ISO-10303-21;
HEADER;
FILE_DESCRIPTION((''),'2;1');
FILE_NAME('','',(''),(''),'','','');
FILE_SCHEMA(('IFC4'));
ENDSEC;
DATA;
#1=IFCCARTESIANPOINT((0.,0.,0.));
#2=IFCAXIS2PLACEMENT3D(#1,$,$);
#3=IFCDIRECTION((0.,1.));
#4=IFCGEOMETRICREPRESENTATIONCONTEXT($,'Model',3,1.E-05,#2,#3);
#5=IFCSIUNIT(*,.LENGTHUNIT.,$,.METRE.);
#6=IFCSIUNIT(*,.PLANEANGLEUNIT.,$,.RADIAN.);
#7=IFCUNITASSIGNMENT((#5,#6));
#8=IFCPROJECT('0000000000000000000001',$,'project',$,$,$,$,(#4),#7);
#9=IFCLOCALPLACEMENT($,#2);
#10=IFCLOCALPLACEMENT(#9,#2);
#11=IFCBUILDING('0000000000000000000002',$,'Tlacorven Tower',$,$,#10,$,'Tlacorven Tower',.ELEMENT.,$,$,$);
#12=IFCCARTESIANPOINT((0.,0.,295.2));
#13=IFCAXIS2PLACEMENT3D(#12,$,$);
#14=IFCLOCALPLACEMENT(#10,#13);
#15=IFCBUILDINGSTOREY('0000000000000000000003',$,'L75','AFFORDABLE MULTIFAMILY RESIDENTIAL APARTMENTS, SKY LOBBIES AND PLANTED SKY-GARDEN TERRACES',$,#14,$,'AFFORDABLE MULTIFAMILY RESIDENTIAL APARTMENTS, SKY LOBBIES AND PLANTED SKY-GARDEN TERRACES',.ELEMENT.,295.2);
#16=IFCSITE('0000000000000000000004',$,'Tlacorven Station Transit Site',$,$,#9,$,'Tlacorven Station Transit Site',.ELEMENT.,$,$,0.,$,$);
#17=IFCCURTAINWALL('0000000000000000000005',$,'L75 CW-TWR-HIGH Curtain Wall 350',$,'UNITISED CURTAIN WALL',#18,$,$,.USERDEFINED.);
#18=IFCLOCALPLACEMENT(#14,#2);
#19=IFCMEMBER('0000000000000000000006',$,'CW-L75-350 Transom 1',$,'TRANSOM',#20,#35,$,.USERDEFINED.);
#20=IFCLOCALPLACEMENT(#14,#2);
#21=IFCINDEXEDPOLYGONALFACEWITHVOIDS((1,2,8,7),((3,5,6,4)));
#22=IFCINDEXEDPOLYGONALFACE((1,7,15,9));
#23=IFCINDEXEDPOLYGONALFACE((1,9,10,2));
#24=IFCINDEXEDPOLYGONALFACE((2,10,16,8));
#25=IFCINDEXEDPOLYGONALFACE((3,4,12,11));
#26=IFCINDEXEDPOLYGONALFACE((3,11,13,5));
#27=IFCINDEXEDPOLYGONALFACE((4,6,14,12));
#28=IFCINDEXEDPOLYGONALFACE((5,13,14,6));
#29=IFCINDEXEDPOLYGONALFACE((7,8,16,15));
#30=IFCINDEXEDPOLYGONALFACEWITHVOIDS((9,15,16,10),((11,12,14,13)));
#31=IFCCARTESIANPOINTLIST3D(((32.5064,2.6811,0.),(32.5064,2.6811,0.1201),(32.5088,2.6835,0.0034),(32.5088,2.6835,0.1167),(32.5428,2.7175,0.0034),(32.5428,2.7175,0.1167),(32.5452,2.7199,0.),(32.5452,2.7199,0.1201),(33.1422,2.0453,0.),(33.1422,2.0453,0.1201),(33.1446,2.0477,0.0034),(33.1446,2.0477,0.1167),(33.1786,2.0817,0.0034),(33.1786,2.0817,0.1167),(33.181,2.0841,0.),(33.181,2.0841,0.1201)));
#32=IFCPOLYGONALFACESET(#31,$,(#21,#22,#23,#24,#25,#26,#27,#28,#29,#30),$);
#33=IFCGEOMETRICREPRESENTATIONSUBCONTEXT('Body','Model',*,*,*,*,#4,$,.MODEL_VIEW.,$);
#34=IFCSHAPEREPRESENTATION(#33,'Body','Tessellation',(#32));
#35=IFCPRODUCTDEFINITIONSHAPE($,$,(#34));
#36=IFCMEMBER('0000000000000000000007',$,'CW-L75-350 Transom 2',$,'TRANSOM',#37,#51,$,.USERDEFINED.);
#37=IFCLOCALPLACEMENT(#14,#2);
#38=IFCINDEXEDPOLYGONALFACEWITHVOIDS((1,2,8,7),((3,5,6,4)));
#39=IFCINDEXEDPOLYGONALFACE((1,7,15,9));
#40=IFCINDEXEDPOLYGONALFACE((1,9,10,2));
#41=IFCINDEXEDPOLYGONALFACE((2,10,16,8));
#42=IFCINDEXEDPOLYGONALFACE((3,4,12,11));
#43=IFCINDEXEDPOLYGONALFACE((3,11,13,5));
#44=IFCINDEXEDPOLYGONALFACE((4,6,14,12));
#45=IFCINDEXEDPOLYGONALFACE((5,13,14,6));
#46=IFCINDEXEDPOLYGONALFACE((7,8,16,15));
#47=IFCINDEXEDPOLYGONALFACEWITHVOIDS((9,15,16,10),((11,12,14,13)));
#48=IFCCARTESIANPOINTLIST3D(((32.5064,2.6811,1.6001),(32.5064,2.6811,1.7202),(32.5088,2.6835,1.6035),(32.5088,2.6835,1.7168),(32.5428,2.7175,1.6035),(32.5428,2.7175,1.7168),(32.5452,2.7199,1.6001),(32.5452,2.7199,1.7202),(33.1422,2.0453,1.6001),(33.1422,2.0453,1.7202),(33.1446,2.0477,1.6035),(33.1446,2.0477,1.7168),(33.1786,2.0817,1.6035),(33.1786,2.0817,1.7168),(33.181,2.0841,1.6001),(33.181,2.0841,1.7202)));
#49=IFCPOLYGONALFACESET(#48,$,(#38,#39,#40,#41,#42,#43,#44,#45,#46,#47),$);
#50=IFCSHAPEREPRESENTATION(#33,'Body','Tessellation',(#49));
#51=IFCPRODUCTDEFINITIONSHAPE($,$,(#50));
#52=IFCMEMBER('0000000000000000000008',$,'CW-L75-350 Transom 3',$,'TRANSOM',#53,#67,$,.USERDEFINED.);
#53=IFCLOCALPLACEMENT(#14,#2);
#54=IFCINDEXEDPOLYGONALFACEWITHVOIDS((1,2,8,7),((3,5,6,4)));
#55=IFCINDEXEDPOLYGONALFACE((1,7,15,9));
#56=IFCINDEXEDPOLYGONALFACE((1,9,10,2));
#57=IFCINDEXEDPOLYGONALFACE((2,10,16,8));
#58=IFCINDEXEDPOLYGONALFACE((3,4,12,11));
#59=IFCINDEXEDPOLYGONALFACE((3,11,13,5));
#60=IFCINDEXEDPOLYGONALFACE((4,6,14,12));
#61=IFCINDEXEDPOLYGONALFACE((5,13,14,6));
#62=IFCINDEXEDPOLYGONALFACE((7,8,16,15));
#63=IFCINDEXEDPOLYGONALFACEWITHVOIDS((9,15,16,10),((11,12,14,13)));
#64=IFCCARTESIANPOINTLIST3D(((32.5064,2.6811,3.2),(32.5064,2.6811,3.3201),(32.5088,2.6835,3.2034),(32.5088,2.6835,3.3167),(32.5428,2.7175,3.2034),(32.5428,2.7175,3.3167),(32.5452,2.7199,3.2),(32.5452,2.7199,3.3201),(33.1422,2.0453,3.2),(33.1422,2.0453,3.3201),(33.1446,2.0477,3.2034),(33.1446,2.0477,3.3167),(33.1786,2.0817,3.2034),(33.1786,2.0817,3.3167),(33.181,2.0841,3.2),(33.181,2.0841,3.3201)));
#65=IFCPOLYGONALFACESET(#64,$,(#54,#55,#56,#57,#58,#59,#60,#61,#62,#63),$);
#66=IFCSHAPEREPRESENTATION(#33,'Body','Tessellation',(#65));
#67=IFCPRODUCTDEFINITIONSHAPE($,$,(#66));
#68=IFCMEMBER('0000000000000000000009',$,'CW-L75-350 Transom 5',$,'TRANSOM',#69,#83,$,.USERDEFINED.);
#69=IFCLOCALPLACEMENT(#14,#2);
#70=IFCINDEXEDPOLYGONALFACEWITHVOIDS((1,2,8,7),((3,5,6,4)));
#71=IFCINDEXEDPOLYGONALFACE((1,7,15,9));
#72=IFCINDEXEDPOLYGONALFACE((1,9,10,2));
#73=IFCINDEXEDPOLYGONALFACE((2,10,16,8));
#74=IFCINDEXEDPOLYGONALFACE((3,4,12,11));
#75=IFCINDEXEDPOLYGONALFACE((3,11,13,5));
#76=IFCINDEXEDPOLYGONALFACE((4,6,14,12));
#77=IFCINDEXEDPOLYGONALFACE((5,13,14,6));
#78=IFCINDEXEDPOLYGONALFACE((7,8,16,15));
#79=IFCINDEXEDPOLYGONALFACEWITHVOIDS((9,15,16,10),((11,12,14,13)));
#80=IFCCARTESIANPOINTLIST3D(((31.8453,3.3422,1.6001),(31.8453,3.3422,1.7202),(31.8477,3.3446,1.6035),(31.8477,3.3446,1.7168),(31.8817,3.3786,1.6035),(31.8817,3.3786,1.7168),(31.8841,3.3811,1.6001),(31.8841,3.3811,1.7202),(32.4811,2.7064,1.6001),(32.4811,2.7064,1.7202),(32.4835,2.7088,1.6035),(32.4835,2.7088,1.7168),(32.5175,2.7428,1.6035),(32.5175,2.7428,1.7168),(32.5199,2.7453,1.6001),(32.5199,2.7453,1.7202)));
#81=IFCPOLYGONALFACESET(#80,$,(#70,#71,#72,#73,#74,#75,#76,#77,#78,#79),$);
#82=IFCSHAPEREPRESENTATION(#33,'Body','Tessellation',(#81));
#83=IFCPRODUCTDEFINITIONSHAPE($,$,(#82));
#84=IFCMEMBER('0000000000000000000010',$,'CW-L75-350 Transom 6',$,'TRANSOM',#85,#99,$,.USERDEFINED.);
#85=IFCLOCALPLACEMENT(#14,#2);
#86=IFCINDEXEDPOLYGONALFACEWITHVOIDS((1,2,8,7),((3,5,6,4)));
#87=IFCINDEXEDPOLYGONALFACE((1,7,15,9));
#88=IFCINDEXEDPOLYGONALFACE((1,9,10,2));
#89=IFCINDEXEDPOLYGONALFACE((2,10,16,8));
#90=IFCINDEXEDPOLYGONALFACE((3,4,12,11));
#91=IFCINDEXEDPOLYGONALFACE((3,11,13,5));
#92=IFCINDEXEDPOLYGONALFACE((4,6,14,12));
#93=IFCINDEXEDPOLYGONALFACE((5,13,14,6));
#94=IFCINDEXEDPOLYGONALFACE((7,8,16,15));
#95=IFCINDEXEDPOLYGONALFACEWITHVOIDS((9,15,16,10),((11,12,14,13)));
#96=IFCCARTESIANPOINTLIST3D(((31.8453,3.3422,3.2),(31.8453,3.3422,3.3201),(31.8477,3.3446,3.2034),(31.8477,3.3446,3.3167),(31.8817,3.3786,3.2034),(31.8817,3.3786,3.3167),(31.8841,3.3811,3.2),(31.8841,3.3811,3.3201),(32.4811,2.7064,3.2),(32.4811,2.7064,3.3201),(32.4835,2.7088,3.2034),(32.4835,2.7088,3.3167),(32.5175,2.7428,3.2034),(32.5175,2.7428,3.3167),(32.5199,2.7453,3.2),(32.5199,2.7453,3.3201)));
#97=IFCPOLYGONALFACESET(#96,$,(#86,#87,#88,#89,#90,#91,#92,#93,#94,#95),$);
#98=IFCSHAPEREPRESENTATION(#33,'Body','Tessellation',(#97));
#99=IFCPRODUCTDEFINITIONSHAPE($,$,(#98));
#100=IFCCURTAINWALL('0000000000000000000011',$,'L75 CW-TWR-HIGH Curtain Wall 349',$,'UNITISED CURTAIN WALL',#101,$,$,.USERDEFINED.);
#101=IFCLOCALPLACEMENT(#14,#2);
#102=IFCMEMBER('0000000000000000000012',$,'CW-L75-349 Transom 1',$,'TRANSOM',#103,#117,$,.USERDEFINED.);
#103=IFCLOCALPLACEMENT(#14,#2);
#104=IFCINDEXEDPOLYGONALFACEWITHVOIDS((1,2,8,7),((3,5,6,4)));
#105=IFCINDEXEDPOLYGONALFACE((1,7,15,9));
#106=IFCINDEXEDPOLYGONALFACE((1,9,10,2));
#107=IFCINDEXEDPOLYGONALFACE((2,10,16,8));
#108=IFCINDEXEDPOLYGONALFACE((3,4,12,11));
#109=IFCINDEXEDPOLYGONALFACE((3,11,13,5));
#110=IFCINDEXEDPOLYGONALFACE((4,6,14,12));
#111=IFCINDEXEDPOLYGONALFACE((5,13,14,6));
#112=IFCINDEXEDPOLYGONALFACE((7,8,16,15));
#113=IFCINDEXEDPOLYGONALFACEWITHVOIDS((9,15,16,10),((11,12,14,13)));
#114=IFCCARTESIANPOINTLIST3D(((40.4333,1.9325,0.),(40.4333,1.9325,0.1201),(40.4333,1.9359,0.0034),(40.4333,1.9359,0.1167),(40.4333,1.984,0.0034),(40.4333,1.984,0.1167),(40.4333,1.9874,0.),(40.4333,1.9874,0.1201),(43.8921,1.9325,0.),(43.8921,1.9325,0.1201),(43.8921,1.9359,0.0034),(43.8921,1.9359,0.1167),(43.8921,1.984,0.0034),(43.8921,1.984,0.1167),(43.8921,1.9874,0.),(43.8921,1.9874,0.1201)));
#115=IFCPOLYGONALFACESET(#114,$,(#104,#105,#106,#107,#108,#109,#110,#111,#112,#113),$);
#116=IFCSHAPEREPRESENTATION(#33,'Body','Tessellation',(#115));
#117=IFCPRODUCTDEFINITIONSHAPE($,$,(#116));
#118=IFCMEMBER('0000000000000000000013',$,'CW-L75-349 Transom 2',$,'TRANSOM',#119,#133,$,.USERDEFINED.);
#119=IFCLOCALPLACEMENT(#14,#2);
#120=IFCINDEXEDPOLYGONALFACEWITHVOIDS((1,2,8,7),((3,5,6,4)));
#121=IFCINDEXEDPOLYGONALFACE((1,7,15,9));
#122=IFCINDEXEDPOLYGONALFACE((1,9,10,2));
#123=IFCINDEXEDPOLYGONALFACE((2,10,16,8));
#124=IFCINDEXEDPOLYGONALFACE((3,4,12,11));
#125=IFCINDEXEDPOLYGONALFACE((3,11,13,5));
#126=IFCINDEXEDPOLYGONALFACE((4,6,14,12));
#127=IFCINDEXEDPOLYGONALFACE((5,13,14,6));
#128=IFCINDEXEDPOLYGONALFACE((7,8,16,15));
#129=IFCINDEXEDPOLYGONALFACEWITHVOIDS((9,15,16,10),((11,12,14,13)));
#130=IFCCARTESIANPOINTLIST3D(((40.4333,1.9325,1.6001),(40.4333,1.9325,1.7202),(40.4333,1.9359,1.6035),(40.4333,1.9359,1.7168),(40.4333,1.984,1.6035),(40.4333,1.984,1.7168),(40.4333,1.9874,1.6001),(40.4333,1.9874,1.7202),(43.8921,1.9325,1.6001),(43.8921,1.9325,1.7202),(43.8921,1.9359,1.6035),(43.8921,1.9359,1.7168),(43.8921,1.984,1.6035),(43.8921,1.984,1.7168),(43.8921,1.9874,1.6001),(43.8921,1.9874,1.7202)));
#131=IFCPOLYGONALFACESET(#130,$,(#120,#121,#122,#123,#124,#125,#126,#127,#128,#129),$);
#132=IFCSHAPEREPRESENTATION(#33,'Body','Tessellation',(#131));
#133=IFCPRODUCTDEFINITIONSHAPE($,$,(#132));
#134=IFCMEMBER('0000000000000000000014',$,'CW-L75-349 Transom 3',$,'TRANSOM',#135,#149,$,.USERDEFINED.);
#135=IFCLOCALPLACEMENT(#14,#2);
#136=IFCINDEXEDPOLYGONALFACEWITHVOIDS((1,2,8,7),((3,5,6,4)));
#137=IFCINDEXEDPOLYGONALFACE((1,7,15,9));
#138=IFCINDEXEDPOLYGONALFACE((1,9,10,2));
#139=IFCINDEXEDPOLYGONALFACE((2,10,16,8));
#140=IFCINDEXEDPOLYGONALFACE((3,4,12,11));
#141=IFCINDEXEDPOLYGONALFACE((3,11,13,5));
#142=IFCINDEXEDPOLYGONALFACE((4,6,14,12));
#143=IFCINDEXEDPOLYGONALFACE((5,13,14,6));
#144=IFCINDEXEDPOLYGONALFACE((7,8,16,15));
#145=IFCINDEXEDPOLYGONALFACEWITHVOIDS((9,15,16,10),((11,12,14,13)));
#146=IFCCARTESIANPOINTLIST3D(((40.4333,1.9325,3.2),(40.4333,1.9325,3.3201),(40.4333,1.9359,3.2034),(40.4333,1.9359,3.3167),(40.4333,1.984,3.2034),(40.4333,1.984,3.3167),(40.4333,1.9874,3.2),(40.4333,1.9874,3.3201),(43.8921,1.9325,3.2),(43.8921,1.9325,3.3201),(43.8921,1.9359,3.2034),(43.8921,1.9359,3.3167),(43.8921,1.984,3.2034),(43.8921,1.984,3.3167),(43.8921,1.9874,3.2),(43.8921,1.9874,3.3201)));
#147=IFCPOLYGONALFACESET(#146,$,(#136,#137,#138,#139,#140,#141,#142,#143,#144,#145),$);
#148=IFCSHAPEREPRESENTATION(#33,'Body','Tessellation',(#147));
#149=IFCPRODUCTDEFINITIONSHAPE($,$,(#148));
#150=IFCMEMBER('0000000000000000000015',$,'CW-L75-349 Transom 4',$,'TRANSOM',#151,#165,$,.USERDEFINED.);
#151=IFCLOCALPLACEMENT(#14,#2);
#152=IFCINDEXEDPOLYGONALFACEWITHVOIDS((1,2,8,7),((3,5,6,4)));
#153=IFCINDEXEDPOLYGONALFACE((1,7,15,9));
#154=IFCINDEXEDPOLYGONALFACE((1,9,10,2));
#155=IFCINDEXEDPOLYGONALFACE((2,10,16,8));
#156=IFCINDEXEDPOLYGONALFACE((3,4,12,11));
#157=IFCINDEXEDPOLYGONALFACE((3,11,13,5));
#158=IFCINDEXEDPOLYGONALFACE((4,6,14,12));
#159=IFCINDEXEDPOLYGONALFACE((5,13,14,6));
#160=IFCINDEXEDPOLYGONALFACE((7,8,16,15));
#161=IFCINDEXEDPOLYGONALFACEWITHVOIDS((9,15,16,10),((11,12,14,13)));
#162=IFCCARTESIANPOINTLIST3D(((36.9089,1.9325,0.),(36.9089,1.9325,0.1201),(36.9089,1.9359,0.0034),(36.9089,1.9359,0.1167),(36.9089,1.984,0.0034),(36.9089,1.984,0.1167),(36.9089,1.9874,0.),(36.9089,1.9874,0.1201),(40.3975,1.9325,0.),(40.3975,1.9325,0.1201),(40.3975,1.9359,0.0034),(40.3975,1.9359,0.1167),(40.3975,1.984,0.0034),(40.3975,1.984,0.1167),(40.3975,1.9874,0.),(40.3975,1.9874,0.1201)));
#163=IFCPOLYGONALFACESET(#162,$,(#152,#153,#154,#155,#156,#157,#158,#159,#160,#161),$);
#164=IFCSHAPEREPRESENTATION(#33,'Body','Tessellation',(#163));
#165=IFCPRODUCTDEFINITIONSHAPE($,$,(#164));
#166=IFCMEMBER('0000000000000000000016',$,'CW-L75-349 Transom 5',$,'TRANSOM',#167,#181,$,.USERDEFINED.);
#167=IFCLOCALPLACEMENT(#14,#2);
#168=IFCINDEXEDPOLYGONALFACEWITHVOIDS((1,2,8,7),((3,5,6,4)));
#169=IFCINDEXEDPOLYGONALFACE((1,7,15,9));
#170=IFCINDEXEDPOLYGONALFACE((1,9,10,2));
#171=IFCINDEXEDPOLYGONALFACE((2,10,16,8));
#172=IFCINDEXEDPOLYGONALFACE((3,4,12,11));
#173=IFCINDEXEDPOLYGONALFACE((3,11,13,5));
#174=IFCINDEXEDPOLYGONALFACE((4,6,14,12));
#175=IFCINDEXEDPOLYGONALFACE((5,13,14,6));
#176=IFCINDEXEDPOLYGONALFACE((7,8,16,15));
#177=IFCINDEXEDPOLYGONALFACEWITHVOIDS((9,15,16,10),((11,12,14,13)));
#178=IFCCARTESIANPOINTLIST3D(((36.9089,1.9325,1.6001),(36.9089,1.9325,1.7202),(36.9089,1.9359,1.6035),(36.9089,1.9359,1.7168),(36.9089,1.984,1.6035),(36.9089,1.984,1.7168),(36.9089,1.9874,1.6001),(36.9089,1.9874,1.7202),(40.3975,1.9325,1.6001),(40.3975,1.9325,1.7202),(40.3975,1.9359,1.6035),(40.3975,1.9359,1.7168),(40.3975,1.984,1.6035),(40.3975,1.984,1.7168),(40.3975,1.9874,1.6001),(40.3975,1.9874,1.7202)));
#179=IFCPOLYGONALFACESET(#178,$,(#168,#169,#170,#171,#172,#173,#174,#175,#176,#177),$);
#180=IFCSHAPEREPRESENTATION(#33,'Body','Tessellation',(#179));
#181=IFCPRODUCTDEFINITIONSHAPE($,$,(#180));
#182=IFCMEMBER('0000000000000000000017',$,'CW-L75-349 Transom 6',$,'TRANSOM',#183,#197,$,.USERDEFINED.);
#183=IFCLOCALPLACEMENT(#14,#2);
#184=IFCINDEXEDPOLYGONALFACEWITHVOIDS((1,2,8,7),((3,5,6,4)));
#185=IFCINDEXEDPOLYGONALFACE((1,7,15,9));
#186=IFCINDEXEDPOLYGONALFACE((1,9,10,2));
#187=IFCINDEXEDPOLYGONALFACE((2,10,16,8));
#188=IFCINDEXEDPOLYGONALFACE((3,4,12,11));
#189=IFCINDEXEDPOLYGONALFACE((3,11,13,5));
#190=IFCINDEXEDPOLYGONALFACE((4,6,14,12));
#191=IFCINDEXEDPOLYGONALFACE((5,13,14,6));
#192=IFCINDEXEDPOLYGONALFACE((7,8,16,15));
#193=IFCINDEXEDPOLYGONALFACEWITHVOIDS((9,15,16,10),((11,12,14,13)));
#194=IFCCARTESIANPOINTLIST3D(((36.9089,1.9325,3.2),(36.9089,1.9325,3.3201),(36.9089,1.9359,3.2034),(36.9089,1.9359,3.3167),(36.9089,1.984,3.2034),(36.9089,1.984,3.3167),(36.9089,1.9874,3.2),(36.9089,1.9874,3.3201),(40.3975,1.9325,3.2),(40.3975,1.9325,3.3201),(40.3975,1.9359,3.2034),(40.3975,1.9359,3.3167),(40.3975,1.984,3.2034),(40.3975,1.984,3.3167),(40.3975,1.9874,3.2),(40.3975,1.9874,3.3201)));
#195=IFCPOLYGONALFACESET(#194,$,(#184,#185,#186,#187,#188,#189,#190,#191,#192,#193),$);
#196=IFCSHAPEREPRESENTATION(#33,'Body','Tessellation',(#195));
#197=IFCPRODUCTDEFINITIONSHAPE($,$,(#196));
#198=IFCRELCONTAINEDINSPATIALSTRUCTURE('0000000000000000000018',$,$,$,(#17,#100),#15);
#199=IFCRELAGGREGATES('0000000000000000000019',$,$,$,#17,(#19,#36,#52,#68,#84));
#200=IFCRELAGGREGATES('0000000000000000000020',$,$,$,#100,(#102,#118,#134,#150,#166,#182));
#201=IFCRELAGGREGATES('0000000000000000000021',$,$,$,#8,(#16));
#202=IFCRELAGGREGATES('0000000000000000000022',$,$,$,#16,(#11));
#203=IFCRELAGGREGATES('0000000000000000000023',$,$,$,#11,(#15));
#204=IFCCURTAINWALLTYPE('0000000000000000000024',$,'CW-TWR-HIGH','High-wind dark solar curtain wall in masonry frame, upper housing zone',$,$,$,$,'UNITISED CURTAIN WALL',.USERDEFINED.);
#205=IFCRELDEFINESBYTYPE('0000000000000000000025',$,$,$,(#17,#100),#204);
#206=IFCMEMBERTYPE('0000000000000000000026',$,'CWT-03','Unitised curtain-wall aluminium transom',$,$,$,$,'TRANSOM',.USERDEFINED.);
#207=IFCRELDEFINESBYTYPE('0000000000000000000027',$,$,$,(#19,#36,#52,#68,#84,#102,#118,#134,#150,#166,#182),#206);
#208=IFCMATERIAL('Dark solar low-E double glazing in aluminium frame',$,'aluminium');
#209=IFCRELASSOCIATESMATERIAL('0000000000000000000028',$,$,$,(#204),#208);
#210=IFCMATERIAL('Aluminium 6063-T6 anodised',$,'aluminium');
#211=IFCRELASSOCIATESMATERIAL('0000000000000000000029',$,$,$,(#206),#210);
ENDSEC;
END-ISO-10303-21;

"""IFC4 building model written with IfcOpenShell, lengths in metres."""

from ifc_helpers import new_model, si_unit, direction, frame, origin, origin_2d, place, context, subcontext, project, spatial, hollow_rectangle, extrude, source, transform, mapped, material, material_profile, profile_set, type_object, element, aggregate, save


model = new_model("IFC4")

# Units and contexts
model_context = context("Model", 3, precision=1e-05, world=origin(), true_north=direction((0.0, 1.0)))
body_context = subcontext(model_context, "Body", "Model", "MODEL_VIEW")
ifc_project = project(units=[si_unit("LENGTHUNIT", "METRE"), si_unit("PLANEANGLEUNIT", "RADIAN")], contexts=[model_context])

# Site, building, storey
site_placement = place(None, origin())
site = spatial("IfcSite", under=ifc_project, at=site_placement, Name="Tlacorven Station Transit Site", LongName="Tlacorven Station Transit Site", CompositionType="ELEMENT", RefElevation=0.0)
building_placement = place(site_placement, origin())
building = spatial("IfcBuilding", under=site, at=building_placement, Name="Tlacorven Tower", LongName="Tlacorven Tower", CompositionType="ELEMENT")
storey_placement = place(building_placement, frame((0.0, 0.0, 295.2)))
storey = spatial("IfcBuildingStorey", under=building, at=storey_placement, Name="L75", Description="AFFORDABLE MULTIFAMILY RESIDENTIAL APARTMENTS, SKY LOBBIES AND PLANTED SKY-GARDEN TERRACES", LongName="AFFORDABLE MULTIFAMILY RESIDENTIAL APARTMENTS, SKY LOBBIES AND PLANTED SKY-GARDEN TERRACES", CompositionType="ELEMENT", Elevation=295.2)

# Curtain walls, members
ifc_material_1 = material(Name="Dark solar low-E double glazing in aluminium frame", Category="aluminium")
curtain_wall_type = type_object("IfcCurtainWallType", Name="CW-TWR-HIGH", Description="High-wind dark solar curtain wall in masonry frame, upper housing zone", ElementType="UNITISED CURTAIN WALL", PredefinedType="USERDEFINED", material=ifc_material_1)
curtain_wall_1_placement = place(storey_placement, origin())
curtain_wall_1 = element("IfcCurtainWall", 1, at=curtain_wall_1_placement, inside=storey, type_object=curtain_wall_type, Name="L75 CW-TWR-HIGH Curtain Wall 350", ObjectType="UNITISED CURTAIN WALL", PredefinedType="USERDEFINED")
ifc_material_2 = material(Name="Aluminium 6063-T6 anodised", Category="aluminium")
ifc_material_profile_1 = material_profile(ifc_material_2, hollow_rectangle(XDim=0.0549, YDim=0.1201, WallThickness=0.0034, at=origin_2d()), Name="ALU TRANSOM 55X120")
ifc_profile_set_1 = profile_set([ifc_material_profile_1], Name="Aluminium 6063-T6 anodised")
member_type_1 = type_object("IfcMemberType", Name="CWT-03", Description="Unitised curtain-wall aluminium transom", ElementType="TRANSOM", PredefinedType="USERDEFINED", material=ifc_profile_set_1)
shared_shape_1 = source(origin(), body_context, "Body", "SweptSolid", [
    extrude(hollow_rectangle(XDim=0.0549, YDim=0.1201, WallThickness=0.0034, at=origin_2d()), origin(), (0.0, 0.0, 1.0), 0.8992),
])
member_1_placement = place(storey_placement, frame((33.1616, 2.0647, 0.0601), z_axis=(-0.707107, 0.707107, 0.0), x_axis=(-0.707107, -0.707107, 0.0)))
member_1 = element("IfcMember", 2, at=member_1_placement, type_object=member_type_1, Name="CW-L75-350 Transom 1", ObjectType="TRANSOM", PredefinedType="USERDEFINED", context=body_context, shape_type="MappedRepresentation", body=[
    mapped(shared_shape_1, transform((0.0, 0.0, 0.0), scale=1.0)),
])
member_2_placement = place(storey_placement, frame((33.1616, 2.0647, 1.6602), z_axis=(-0.707107, 0.707107, 0.0), x_axis=(-0.707107, -0.707107, 0.0)))
member_2 = element("IfcMember", 3, at=member_2_placement, type_object=member_type_1, Name="CW-L75-350 Transom 2", ObjectType="TRANSOM", PredefinedType="USERDEFINED", context=body_context, shape_type="MappedRepresentation", body=[
    mapped(shared_shape_1, transform((0.0, 0.0, 0.0), scale=1.0)),
])
member_3_placement = place(storey_placement, frame((33.1616, 2.0647, 3.26), z_axis=(-0.707107, 0.707107, 0.0), x_axis=(-0.707107, -0.707107, 0.0)))
member_3 = element("IfcMember", 4, at=member_3_placement, type_object=member_type_1, Name="CW-L75-350 Transom 3", ObjectType="TRANSOM", PredefinedType="USERDEFINED", context=body_context, shape_type="MappedRepresentation", body=[
    mapped(shared_shape_1, transform((0.0, 0.0, 0.0), scale=1.0)),
])
member_4_placement = place(storey_placement, frame((32.5005, 2.7258, 1.6602), z_axis=(-0.707107, 0.707107, 0.0), x_axis=(-0.707107, -0.707107, 0.0)))
member_4 = element("IfcMember", 5, at=member_4_placement, type_object=member_type_1, Name="CW-L75-350 Transom 5", ObjectType="TRANSOM", PredefinedType="USERDEFINED", context=body_context, shape_type="MappedRepresentation", body=[
    mapped(shared_shape_1, transform((0.0, 0.0, 0.0), scale=1.0)),
])
member_5_placement = place(storey_placement, frame((32.5005, 2.7258, 3.26), z_axis=(-0.707107, 0.707107, 0.0), x_axis=(-0.707107, -0.707107, 0.0)))
member_5 = element("IfcMember", 6, at=member_5_placement, type_object=member_type_1, Name="CW-L75-350 Transom 6", ObjectType="TRANSOM", PredefinedType="USERDEFINED", context=body_context, shape_type="MappedRepresentation", body=[
    mapped(shared_shape_1, transform((0.0, 0.0, 0.0), scale=1.0)),
])
curtain_wall_2_placement = place(storey_placement, origin())
curtain_wall_2 = element("IfcCurtainWall", 7, at=curtain_wall_2_placement, inside=storey, type_object=curtain_wall_type, Name="L75 CW-TWR-HIGH Curtain Wall 349", ObjectType="UNITISED CURTAIN WALL", PredefinedType="USERDEFINED")
shared_shape_2 = source(origin(), body_context, "Body", "SweptSolid", [
    extrude(hollow_rectangle(XDim=0.0549, YDim=0.1201, WallThickness=0.0034, at=origin_2d()), origin(), (0.0, 0.0, 1.0), 3.4587),
])
member_6_placement = place(storey_placement, frame((43.8921, 1.96, 0.0601), z_axis=(-1.0, 0.0, 0.0), x_axis=(0.0, -1.0, 0.0)))
member_6 = element("IfcMember", 8, at=member_6_placement, type_object=member_type_1, Name="CW-L75-349 Transom 1", ObjectType="TRANSOM", PredefinedType="USERDEFINED", context=body_context, shape_type="MappedRepresentation", body=[
    mapped(shared_shape_2, transform((0.0, 0.0, 0.0), scale=1.0)),
])
member_7_placement = place(storey_placement, frame((43.8921, 1.96, 1.6602), z_axis=(-1.0, 0.0, 0.0), x_axis=(0.0, -1.0, 0.0)))
member_7 = element("IfcMember", 9, at=member_7_placement, type_object=member_type_1, Name="CW-L75-349 Transom 2", ObjectType="TRANSOM", PredefinedType="USERDEFINED", context=body_context, shape_type="MappedRepresentation", body=[
    mapped(shared_shape_2, transform((0.0, 0.0, 0.0), scale=1.0)),
])
member_8_placement = place(storey_placement, frame((43.8921, 1.96, 3.26), z_axis=(-1.0, 0.0, 0.0), x_axis=(0.0, -1.0, 0.0)))
member_8 = element("IfcMember", 10, at=member_8_placement, type_object=member_type_1, Name="CW-L75-349 Transom 3", ObjectType="TRANSOM", PredefinedType="USERDEFINED", context=body_context, shape_type="MappedRepresentation", body=[
    mapped(shared_shape_2, transform((0.0, 0.0, 0.0), scale=1.0)),
])
shared_shape_3 = source(origin(), body_context, "Body", "SweptSolid", [
    extrude(hollow_rectangle(XDim=0.0549, YDim=0.1201, WallThickness=0.0034, at=origin_2d()), origin(), (0.0, 0.0, 1.0), 3.4885),
])
member_9_placement = place(storey_placement, frame((40.3975, 1.96, 0.0601), z_axis=(-1.0, 0.0, 0.0), x_axis=(0.0, -1.0, 0.0)))
member_9 = element("IfcMember", 11, at=member_9_placement, type_object=member_type_1, Name="CW-L75-349 Transom 4", ObjectType="TRANSOM", PredefinedType="USERDEFINED", context=body_context, shape_type="MappedRepresentation", body=[
    mapped(shared_shape_3, transform((0.0, 0.0, 0.0), scale=1.0)),
])
member_10_placement = place(storey_placement, frame((40.3975, 1.96, 1.6602), z_axis=(-1.0, 0.0, 0.0), x_axis=(0.0, -1.0, 0.0)))
member_10 = element("IfcMember", 12, at=member_10_placement, type_object=member_type_1, Name="CW-L75-349 Transom 5", ObjectType="TRANSOM", PredefinedType="USERDEFINED", context=body_context, shape_type="MappedRepresentation", body=[
    mapped(shared_shape_3, transform((0.0, 0.0, 0.0), scale=1.0)),
])
member_11_placement = place(storey_placement, frame((40.3975, 1.96, 3.26), z_axis=(-1.0, 0.0, 0.0), x_axis=(0.0, -1.0, 0.0)))
member_11 = element("IfcMember", 13, at=member_11_placement, type_object=member_type_1, Name="CW-L75-349 Transom 6", ObjectType="TRANSOM", PredefinedType="USERDEFINED", context=body_context, shape_type="MappedRepresentation", body=[
    mapped(shared_shape_3, transform((0.0, 0.0, 0.0), scale=1.0)),
])

aggregate(curtain_wall_1, [member_1, member_2, member_3, member_4, member_5])
aggregate(curtain_wall_2, [member_6, member_7, member_8, member_9, member_10, member_11])

save(model, "model.ifc")
